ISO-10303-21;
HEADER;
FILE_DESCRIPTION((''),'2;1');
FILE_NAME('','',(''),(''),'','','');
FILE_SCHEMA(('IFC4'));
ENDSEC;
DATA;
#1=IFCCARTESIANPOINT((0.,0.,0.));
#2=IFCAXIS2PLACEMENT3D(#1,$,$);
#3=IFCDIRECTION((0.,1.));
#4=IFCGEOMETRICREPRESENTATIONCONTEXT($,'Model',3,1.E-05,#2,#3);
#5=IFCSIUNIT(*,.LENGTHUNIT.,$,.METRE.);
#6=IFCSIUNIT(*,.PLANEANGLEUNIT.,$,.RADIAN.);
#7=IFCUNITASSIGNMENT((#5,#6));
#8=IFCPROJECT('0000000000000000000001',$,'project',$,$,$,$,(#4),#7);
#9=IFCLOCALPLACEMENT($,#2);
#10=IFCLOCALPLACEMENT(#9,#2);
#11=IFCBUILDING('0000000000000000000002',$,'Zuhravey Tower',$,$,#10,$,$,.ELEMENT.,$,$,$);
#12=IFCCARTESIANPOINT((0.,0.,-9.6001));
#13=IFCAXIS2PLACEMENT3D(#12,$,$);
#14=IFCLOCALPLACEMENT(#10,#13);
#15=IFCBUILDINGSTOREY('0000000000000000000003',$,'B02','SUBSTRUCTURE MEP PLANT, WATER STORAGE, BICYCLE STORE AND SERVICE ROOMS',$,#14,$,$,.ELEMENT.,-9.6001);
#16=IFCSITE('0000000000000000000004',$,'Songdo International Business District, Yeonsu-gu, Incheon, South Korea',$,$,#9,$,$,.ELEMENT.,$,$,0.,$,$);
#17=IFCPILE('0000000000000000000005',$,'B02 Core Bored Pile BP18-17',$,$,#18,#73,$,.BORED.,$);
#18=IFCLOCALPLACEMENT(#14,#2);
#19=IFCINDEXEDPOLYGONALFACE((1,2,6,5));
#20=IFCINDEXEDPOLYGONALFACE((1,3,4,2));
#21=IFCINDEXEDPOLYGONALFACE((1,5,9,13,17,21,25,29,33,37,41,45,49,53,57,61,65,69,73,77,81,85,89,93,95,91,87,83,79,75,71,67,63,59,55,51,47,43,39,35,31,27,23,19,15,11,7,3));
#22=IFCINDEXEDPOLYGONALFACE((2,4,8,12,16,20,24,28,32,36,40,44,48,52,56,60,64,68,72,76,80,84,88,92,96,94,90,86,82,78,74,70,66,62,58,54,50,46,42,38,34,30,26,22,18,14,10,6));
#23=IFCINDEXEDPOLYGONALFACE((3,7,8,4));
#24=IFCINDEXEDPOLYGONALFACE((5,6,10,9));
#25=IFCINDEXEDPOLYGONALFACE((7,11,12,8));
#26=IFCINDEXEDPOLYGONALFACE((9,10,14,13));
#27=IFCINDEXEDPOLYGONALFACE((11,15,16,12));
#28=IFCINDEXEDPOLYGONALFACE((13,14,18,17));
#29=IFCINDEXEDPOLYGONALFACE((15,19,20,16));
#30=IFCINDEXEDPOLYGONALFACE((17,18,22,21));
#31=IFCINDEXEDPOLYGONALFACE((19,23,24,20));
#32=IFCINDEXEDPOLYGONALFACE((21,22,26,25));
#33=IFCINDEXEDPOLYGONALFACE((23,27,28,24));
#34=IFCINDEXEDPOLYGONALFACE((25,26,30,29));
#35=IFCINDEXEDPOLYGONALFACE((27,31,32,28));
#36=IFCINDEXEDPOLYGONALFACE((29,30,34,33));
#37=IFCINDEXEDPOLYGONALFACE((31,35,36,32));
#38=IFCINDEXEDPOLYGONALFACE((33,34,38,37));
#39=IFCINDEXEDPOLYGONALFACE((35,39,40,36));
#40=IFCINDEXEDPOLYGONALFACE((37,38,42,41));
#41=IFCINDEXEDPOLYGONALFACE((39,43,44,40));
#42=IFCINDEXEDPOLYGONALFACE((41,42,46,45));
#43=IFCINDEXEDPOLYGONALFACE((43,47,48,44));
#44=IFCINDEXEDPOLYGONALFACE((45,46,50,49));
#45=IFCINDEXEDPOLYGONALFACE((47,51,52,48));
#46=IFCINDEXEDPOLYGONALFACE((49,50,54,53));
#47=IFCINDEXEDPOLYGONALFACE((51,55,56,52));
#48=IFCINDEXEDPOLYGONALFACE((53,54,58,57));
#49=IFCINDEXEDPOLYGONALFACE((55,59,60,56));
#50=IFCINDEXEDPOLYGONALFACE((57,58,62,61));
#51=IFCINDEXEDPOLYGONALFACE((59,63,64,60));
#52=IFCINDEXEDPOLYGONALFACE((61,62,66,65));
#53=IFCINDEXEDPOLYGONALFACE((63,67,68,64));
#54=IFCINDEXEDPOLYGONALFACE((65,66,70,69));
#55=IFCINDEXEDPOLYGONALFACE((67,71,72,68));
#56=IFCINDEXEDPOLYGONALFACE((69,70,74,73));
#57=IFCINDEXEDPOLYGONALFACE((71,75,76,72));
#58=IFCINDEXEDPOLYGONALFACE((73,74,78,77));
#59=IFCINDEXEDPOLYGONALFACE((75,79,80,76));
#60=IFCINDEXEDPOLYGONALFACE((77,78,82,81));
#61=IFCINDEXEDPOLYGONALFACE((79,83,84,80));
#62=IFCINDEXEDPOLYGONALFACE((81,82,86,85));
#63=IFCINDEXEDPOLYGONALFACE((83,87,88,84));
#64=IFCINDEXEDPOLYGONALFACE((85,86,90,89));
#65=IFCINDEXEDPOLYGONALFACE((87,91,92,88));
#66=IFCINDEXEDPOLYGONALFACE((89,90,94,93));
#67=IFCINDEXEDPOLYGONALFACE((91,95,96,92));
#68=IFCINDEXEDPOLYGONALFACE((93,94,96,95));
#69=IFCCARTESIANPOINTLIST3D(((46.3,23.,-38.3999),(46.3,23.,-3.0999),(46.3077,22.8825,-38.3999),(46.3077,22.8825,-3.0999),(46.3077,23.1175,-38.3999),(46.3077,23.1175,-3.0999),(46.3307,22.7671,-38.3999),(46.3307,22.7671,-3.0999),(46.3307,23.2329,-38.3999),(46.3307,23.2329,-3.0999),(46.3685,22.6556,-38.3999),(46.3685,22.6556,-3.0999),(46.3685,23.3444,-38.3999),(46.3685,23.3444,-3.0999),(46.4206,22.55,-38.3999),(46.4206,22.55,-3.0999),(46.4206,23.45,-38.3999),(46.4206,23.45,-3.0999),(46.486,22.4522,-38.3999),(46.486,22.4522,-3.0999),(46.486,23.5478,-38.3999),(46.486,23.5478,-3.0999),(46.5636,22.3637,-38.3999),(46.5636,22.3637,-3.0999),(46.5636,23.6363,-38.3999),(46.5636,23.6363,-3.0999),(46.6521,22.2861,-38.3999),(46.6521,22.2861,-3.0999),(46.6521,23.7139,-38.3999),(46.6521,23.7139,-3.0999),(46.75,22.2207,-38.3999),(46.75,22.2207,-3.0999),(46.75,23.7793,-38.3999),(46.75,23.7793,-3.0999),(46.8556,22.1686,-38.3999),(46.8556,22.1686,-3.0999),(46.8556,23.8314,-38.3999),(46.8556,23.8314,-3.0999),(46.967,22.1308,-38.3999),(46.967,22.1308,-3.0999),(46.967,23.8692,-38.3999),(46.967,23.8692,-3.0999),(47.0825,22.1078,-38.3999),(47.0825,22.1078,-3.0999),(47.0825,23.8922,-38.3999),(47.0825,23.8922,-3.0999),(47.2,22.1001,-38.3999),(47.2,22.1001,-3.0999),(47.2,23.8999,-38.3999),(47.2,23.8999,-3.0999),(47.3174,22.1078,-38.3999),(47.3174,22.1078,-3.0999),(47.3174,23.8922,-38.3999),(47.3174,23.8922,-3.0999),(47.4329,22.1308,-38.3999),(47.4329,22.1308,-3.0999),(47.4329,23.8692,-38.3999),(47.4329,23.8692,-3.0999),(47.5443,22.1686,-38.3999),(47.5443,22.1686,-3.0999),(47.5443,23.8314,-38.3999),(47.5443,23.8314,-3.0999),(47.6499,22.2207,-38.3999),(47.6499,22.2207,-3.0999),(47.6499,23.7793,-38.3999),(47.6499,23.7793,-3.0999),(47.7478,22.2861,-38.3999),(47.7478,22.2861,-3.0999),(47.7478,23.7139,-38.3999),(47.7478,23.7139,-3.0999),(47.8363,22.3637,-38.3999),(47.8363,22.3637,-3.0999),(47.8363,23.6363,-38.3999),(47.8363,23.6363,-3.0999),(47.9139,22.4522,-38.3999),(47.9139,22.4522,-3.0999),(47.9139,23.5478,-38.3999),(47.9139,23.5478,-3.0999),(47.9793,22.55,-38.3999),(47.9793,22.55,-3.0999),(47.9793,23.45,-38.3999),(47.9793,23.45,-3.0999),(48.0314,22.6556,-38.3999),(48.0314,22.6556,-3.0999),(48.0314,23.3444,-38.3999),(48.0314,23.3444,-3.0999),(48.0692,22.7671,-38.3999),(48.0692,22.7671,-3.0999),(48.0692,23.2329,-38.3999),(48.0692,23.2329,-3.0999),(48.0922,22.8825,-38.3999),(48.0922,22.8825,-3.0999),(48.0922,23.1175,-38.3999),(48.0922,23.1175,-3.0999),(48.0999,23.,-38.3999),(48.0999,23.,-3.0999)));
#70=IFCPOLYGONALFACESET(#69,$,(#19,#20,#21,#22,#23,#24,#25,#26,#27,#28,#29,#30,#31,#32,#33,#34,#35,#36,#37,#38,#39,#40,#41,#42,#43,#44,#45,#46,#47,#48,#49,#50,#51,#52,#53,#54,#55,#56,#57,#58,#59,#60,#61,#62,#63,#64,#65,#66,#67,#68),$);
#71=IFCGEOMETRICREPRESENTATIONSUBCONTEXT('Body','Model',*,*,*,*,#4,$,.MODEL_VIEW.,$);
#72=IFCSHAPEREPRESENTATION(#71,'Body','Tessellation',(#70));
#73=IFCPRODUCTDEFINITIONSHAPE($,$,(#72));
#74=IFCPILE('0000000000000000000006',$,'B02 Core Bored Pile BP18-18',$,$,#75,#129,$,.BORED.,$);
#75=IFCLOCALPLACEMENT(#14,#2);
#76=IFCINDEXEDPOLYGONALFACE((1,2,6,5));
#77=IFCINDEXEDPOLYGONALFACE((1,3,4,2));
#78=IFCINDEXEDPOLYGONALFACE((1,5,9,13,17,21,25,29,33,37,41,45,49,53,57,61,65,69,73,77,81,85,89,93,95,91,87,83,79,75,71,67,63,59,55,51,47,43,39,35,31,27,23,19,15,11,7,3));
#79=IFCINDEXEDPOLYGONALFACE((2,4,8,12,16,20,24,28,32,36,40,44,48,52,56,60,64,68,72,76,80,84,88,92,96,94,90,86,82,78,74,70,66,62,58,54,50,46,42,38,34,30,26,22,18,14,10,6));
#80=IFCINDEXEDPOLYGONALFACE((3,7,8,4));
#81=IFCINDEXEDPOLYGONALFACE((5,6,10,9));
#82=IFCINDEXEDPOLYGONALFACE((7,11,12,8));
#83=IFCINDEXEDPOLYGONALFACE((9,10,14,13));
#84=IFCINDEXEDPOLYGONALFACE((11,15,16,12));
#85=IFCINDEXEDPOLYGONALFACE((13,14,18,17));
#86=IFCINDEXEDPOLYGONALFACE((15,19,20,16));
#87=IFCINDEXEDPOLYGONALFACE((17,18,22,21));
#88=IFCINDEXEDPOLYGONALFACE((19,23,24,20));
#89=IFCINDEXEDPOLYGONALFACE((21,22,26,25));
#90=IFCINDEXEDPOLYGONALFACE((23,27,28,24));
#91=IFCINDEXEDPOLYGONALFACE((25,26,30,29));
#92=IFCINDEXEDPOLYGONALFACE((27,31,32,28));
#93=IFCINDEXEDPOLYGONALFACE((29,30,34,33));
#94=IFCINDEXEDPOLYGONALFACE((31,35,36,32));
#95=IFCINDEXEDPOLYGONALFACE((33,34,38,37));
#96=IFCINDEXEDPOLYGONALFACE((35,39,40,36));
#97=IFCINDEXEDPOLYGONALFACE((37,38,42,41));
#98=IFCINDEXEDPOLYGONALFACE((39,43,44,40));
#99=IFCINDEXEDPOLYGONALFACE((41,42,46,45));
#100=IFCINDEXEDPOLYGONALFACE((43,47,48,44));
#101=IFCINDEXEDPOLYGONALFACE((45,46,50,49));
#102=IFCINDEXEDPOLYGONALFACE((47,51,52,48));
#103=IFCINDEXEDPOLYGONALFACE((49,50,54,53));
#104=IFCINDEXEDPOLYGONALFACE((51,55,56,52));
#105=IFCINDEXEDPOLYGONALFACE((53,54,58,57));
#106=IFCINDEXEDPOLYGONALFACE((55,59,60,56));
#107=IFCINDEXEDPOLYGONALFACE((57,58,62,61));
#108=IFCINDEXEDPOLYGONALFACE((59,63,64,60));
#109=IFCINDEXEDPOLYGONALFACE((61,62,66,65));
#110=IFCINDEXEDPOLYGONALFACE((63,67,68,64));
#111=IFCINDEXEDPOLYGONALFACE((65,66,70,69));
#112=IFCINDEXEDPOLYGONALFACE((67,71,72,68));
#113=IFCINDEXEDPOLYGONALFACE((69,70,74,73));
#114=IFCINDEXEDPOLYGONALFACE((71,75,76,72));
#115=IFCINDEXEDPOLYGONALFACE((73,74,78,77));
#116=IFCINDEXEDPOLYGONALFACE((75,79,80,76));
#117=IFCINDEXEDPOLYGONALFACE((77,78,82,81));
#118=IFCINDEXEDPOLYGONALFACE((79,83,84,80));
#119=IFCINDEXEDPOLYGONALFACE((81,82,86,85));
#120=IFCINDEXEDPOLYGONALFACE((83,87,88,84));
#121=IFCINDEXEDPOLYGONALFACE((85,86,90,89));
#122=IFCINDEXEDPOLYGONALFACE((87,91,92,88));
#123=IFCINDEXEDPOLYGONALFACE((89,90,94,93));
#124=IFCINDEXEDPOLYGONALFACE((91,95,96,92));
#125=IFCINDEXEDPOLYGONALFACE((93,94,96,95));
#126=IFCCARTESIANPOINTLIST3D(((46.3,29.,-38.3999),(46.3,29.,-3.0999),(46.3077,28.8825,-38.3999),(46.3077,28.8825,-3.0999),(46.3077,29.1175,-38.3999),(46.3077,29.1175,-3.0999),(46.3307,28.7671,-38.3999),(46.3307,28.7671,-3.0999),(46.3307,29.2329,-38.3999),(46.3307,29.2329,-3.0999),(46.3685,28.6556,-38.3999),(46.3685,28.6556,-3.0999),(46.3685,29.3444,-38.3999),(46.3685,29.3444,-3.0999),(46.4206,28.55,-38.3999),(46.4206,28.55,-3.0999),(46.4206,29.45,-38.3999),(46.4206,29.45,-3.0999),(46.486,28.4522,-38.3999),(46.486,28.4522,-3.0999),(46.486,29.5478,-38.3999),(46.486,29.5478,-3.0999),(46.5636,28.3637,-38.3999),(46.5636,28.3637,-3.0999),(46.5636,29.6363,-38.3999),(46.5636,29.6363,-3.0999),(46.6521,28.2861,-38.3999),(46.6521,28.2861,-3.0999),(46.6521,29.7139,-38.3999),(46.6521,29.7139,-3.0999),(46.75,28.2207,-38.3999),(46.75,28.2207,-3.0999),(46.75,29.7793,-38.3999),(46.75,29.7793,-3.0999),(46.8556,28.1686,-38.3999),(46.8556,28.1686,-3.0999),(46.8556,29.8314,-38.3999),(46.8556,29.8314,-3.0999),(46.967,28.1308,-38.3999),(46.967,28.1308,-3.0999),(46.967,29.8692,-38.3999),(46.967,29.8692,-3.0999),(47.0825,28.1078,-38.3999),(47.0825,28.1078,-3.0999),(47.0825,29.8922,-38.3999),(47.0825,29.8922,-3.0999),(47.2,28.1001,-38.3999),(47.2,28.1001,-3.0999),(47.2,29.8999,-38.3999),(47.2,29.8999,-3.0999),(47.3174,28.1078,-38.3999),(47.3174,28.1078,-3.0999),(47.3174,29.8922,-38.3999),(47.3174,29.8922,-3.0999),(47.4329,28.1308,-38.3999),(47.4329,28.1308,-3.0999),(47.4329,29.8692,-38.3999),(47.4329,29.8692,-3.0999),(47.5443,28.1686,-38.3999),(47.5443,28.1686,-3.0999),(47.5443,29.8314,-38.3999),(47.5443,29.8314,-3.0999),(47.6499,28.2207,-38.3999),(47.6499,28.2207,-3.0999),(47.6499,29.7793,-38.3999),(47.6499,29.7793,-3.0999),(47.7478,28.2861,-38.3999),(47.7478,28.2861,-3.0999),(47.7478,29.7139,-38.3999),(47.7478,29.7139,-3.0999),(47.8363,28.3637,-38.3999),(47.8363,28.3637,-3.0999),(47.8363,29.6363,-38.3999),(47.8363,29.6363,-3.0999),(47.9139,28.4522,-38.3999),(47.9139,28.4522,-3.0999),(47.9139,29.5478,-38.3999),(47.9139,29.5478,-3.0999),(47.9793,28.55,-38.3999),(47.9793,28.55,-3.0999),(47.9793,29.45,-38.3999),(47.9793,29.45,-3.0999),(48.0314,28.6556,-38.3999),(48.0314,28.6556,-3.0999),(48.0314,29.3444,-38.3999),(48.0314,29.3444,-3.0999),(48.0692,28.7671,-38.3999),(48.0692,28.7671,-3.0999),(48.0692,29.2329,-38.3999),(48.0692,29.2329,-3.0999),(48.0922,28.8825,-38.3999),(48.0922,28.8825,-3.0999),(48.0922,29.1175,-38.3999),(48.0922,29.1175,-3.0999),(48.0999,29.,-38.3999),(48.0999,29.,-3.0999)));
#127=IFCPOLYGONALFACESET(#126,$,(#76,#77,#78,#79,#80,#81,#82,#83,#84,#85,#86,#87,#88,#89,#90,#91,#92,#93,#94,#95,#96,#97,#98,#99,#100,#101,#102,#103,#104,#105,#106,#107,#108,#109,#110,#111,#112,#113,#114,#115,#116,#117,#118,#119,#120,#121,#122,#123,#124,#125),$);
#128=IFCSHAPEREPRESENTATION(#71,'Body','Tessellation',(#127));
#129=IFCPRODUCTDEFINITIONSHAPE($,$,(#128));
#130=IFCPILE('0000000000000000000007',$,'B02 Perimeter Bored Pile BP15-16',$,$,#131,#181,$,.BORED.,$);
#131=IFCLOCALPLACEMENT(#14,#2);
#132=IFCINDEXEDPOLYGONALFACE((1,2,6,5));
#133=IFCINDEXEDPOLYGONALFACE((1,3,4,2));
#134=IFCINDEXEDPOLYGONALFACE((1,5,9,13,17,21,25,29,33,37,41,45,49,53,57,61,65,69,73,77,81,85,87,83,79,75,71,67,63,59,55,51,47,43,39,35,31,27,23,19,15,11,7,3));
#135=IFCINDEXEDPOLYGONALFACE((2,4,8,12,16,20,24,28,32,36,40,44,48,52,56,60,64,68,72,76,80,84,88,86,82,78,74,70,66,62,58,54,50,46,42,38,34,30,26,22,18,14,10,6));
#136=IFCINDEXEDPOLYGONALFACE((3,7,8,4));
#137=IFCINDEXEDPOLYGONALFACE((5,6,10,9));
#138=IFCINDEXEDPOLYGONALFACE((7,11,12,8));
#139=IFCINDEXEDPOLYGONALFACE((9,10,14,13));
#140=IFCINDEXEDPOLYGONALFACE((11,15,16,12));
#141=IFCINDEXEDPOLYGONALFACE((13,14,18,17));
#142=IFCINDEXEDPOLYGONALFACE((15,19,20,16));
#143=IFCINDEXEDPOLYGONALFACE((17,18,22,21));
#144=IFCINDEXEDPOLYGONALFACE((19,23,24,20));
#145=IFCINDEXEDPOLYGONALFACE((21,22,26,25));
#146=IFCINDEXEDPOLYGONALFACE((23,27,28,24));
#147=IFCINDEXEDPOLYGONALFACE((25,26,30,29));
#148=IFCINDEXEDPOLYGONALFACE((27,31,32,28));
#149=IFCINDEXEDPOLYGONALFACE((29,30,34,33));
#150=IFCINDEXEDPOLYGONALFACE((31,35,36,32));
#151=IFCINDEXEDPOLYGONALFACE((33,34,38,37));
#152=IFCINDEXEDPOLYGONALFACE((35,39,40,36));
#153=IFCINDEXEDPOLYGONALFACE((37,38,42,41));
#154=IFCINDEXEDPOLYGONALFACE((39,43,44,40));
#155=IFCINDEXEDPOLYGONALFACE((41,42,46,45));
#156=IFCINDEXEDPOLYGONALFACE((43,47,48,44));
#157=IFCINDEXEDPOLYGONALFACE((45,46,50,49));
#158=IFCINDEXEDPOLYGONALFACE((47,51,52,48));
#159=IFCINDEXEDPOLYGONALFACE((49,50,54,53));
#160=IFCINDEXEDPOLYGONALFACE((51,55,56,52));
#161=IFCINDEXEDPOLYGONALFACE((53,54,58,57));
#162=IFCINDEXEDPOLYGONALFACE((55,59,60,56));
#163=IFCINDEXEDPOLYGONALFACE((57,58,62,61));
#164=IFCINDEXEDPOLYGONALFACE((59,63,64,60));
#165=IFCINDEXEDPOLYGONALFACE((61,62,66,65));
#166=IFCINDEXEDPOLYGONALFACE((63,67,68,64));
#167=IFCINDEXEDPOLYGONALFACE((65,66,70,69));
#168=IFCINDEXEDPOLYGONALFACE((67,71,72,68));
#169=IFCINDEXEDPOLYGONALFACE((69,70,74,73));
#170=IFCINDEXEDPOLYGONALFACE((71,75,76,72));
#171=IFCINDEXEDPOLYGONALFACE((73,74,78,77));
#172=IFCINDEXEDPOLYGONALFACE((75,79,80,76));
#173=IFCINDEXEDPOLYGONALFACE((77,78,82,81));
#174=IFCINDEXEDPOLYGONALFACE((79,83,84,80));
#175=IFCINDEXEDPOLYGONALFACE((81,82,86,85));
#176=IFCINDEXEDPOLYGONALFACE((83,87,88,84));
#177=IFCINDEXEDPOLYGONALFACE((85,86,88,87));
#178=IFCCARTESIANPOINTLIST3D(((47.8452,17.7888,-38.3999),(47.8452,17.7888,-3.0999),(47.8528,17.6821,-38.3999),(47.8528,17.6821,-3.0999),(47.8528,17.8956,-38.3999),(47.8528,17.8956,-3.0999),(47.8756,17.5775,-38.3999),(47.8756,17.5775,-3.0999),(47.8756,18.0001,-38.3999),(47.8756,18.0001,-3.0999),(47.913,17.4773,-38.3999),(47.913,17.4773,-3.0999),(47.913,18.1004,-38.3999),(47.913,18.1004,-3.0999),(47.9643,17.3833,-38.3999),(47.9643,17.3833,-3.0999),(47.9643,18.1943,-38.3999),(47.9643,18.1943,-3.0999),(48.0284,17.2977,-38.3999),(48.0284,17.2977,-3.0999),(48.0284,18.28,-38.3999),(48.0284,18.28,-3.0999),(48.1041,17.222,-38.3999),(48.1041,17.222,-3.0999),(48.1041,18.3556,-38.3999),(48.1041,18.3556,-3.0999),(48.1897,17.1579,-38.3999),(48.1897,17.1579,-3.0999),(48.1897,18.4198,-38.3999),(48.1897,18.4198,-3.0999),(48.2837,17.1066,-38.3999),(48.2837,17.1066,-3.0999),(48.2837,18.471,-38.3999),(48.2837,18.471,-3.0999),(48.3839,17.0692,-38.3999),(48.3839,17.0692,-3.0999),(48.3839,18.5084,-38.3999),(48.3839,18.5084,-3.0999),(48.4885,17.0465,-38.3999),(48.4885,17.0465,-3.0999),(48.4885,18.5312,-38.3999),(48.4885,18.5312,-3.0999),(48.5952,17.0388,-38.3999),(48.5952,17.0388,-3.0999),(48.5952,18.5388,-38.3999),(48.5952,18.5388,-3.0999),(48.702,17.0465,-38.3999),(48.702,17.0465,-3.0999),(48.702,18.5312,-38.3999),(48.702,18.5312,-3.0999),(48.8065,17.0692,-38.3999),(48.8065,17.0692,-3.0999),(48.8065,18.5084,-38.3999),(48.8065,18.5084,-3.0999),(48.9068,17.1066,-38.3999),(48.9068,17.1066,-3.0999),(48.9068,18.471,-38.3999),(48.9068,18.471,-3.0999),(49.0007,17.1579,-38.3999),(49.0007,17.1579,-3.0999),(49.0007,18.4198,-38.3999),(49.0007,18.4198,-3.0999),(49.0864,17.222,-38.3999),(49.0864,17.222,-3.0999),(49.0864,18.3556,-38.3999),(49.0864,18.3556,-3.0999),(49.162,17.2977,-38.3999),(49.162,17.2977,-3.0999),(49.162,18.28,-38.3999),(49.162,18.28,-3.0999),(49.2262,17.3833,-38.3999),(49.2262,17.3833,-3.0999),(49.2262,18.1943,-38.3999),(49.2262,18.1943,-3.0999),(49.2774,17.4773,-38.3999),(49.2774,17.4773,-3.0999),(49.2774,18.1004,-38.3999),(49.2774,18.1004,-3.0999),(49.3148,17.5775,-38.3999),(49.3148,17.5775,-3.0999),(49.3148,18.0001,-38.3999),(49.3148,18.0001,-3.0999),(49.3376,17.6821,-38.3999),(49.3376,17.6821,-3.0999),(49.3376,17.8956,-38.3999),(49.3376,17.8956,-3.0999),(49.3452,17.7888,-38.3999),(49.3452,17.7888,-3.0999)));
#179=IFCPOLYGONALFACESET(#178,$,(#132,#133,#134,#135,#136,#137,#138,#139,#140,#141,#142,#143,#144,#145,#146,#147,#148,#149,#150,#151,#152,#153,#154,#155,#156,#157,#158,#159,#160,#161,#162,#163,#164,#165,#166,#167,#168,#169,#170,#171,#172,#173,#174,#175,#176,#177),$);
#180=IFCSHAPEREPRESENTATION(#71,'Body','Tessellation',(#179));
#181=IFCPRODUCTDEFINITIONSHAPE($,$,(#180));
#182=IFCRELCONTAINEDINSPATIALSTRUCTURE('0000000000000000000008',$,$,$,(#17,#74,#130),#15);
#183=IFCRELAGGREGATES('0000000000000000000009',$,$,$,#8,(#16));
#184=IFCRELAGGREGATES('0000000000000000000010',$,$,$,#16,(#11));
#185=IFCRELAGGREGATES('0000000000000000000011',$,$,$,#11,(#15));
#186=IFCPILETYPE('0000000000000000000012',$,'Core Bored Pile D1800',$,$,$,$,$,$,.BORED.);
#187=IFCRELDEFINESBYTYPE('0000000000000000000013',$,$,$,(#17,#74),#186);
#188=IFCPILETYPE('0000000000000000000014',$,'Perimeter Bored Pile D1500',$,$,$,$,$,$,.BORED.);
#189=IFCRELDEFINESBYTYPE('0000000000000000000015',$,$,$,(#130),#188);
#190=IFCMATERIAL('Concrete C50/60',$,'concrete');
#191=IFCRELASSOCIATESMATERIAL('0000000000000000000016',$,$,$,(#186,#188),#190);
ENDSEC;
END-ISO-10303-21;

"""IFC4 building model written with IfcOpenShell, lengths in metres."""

from ifc_helpers import new_model, si_unit, direction, frame, origin, origin_2d, place, context, subcontext, project, spatial, circle, extrude, material, material_profile, profile_set, type_object, element, save


model = new_model("IFC4")

# Units and contexts
model_context = context("Model", 3, precision=1e-05, world=origin(), true_north=direction((0.0, 1.0)))
body_context = subcontext(model_context, "Body", "Model", "MODEL_VIEW")
ifc_project = project(units=[si_unit("LENGTHUNIT", "METRE"), si_unit("PLANEANGLEUNIT", "RADIAN")], contexts=[model_context])

# Site, building, storey
site_placement = place(None, origin())
site = spatial("IfcSite", under=ifc_project, at=site_placement, Name="Songdo International Business District, Yeonsu-gu, Incheon, South Korea", CompositionType="ELEMENT", RefElevation=0.0)
building_placement = place(site_placement, origin())
building = spatial("IfcBuilding", under=site, at=building_placement, Name="Zuhravey Tower", CompositionType="ELEMENT")
storey_placement = place(building_placement, frame((0.0, 0.0, -9.6001)))
storey = spatial("IfcBuildingStorey", under=building, at=storey_placement, Name="B02", Description="SUBSTRUCTURE MEP PLANT, WATER STORAGE, BICYCLE STORE AND SERVICE ROOMS", CompositionType="ELEMENT", Elevation=-9.6001)

# Piles
ifc_material_1 = material(Name="Concrete C50/60", Category="concrete")
ifc_material_profile_1 = material_profile(ifc_material_1, circle(Radius=0.8999, at=origin_2d()), Name="PILE-D1800")
ifc_profile_set_1 = profile_set([ifc_material_profile_1], Name="Concrete C50/60")
pile_type_1 = type_object("IfcPileType", Name="Core Bored Pile D1800", PredefinedType="BORED", material=ifc_profile_set_1)
for number, where, z_axis, x_axis, name in (
    (1, (47.2, 23.0, -3.0999), (0.0, 0.0, -1.0), (1.0, 0.0, 0.0), "B02 Core Bored Pile BP18-17"),
    (2, (47.2, 29.0, -3.0999), (0.0, 0.0, -1.0), (1.0, 0.0, 0.0), "B02 Core Bored Pile BP18-18"),
):
    element("IfcPile", number, at=place(storey_placement, frame(where, z_axis=z_axis, x_axis=x_axis)), inside=storey, type_object=pile_type_1, Name=name, PredefinedType="BORED", context=body_context, shape_type="SweptSolid", body=[
        extrude(circle(Radius=0.8999, at=origin_2d()), origin(), (0.0, 0.0, 1.0), 35.3),
    ])
ifc_material_profile_2 = material_profile(ifc_material_1, circle(Radius=0.75, at=origin_2d()), Name="PILE-D1500")
ifc_profile_set_2 = profile_set([ifc_material_profile_2], Name="Concrete C50/60")
pile_type_2 = type_object("IfcPileType", Name="Perimeter Bored Pile D1500", PredefinedType="BORED", material=ifc_profile_set_2)
for number, where, z_axis, x_axis, name in (
    (3, (48.5952, 17.7888, -3.0999), (0.0, 0.0, -1.0), (1.0, 0.0, 0.0), "B02 Perimeter Bored Pile BP15-16"),
):
    element("IfcPile", number, at=place(storey_placement, frame(where, z_axis=z_axis, x_axis=x_axis)), inside=storey, type_object=pile_type_2, Name=name, PredefinedType="BORED", context=body_context, shape_type="SweptSolid", body=[
        extrude(circle(Radius=0.75, at=origin_2d()), origin(), (0.0, 0.0, 1.0), 35.3),
    ])

save(model, "model.ifc")
